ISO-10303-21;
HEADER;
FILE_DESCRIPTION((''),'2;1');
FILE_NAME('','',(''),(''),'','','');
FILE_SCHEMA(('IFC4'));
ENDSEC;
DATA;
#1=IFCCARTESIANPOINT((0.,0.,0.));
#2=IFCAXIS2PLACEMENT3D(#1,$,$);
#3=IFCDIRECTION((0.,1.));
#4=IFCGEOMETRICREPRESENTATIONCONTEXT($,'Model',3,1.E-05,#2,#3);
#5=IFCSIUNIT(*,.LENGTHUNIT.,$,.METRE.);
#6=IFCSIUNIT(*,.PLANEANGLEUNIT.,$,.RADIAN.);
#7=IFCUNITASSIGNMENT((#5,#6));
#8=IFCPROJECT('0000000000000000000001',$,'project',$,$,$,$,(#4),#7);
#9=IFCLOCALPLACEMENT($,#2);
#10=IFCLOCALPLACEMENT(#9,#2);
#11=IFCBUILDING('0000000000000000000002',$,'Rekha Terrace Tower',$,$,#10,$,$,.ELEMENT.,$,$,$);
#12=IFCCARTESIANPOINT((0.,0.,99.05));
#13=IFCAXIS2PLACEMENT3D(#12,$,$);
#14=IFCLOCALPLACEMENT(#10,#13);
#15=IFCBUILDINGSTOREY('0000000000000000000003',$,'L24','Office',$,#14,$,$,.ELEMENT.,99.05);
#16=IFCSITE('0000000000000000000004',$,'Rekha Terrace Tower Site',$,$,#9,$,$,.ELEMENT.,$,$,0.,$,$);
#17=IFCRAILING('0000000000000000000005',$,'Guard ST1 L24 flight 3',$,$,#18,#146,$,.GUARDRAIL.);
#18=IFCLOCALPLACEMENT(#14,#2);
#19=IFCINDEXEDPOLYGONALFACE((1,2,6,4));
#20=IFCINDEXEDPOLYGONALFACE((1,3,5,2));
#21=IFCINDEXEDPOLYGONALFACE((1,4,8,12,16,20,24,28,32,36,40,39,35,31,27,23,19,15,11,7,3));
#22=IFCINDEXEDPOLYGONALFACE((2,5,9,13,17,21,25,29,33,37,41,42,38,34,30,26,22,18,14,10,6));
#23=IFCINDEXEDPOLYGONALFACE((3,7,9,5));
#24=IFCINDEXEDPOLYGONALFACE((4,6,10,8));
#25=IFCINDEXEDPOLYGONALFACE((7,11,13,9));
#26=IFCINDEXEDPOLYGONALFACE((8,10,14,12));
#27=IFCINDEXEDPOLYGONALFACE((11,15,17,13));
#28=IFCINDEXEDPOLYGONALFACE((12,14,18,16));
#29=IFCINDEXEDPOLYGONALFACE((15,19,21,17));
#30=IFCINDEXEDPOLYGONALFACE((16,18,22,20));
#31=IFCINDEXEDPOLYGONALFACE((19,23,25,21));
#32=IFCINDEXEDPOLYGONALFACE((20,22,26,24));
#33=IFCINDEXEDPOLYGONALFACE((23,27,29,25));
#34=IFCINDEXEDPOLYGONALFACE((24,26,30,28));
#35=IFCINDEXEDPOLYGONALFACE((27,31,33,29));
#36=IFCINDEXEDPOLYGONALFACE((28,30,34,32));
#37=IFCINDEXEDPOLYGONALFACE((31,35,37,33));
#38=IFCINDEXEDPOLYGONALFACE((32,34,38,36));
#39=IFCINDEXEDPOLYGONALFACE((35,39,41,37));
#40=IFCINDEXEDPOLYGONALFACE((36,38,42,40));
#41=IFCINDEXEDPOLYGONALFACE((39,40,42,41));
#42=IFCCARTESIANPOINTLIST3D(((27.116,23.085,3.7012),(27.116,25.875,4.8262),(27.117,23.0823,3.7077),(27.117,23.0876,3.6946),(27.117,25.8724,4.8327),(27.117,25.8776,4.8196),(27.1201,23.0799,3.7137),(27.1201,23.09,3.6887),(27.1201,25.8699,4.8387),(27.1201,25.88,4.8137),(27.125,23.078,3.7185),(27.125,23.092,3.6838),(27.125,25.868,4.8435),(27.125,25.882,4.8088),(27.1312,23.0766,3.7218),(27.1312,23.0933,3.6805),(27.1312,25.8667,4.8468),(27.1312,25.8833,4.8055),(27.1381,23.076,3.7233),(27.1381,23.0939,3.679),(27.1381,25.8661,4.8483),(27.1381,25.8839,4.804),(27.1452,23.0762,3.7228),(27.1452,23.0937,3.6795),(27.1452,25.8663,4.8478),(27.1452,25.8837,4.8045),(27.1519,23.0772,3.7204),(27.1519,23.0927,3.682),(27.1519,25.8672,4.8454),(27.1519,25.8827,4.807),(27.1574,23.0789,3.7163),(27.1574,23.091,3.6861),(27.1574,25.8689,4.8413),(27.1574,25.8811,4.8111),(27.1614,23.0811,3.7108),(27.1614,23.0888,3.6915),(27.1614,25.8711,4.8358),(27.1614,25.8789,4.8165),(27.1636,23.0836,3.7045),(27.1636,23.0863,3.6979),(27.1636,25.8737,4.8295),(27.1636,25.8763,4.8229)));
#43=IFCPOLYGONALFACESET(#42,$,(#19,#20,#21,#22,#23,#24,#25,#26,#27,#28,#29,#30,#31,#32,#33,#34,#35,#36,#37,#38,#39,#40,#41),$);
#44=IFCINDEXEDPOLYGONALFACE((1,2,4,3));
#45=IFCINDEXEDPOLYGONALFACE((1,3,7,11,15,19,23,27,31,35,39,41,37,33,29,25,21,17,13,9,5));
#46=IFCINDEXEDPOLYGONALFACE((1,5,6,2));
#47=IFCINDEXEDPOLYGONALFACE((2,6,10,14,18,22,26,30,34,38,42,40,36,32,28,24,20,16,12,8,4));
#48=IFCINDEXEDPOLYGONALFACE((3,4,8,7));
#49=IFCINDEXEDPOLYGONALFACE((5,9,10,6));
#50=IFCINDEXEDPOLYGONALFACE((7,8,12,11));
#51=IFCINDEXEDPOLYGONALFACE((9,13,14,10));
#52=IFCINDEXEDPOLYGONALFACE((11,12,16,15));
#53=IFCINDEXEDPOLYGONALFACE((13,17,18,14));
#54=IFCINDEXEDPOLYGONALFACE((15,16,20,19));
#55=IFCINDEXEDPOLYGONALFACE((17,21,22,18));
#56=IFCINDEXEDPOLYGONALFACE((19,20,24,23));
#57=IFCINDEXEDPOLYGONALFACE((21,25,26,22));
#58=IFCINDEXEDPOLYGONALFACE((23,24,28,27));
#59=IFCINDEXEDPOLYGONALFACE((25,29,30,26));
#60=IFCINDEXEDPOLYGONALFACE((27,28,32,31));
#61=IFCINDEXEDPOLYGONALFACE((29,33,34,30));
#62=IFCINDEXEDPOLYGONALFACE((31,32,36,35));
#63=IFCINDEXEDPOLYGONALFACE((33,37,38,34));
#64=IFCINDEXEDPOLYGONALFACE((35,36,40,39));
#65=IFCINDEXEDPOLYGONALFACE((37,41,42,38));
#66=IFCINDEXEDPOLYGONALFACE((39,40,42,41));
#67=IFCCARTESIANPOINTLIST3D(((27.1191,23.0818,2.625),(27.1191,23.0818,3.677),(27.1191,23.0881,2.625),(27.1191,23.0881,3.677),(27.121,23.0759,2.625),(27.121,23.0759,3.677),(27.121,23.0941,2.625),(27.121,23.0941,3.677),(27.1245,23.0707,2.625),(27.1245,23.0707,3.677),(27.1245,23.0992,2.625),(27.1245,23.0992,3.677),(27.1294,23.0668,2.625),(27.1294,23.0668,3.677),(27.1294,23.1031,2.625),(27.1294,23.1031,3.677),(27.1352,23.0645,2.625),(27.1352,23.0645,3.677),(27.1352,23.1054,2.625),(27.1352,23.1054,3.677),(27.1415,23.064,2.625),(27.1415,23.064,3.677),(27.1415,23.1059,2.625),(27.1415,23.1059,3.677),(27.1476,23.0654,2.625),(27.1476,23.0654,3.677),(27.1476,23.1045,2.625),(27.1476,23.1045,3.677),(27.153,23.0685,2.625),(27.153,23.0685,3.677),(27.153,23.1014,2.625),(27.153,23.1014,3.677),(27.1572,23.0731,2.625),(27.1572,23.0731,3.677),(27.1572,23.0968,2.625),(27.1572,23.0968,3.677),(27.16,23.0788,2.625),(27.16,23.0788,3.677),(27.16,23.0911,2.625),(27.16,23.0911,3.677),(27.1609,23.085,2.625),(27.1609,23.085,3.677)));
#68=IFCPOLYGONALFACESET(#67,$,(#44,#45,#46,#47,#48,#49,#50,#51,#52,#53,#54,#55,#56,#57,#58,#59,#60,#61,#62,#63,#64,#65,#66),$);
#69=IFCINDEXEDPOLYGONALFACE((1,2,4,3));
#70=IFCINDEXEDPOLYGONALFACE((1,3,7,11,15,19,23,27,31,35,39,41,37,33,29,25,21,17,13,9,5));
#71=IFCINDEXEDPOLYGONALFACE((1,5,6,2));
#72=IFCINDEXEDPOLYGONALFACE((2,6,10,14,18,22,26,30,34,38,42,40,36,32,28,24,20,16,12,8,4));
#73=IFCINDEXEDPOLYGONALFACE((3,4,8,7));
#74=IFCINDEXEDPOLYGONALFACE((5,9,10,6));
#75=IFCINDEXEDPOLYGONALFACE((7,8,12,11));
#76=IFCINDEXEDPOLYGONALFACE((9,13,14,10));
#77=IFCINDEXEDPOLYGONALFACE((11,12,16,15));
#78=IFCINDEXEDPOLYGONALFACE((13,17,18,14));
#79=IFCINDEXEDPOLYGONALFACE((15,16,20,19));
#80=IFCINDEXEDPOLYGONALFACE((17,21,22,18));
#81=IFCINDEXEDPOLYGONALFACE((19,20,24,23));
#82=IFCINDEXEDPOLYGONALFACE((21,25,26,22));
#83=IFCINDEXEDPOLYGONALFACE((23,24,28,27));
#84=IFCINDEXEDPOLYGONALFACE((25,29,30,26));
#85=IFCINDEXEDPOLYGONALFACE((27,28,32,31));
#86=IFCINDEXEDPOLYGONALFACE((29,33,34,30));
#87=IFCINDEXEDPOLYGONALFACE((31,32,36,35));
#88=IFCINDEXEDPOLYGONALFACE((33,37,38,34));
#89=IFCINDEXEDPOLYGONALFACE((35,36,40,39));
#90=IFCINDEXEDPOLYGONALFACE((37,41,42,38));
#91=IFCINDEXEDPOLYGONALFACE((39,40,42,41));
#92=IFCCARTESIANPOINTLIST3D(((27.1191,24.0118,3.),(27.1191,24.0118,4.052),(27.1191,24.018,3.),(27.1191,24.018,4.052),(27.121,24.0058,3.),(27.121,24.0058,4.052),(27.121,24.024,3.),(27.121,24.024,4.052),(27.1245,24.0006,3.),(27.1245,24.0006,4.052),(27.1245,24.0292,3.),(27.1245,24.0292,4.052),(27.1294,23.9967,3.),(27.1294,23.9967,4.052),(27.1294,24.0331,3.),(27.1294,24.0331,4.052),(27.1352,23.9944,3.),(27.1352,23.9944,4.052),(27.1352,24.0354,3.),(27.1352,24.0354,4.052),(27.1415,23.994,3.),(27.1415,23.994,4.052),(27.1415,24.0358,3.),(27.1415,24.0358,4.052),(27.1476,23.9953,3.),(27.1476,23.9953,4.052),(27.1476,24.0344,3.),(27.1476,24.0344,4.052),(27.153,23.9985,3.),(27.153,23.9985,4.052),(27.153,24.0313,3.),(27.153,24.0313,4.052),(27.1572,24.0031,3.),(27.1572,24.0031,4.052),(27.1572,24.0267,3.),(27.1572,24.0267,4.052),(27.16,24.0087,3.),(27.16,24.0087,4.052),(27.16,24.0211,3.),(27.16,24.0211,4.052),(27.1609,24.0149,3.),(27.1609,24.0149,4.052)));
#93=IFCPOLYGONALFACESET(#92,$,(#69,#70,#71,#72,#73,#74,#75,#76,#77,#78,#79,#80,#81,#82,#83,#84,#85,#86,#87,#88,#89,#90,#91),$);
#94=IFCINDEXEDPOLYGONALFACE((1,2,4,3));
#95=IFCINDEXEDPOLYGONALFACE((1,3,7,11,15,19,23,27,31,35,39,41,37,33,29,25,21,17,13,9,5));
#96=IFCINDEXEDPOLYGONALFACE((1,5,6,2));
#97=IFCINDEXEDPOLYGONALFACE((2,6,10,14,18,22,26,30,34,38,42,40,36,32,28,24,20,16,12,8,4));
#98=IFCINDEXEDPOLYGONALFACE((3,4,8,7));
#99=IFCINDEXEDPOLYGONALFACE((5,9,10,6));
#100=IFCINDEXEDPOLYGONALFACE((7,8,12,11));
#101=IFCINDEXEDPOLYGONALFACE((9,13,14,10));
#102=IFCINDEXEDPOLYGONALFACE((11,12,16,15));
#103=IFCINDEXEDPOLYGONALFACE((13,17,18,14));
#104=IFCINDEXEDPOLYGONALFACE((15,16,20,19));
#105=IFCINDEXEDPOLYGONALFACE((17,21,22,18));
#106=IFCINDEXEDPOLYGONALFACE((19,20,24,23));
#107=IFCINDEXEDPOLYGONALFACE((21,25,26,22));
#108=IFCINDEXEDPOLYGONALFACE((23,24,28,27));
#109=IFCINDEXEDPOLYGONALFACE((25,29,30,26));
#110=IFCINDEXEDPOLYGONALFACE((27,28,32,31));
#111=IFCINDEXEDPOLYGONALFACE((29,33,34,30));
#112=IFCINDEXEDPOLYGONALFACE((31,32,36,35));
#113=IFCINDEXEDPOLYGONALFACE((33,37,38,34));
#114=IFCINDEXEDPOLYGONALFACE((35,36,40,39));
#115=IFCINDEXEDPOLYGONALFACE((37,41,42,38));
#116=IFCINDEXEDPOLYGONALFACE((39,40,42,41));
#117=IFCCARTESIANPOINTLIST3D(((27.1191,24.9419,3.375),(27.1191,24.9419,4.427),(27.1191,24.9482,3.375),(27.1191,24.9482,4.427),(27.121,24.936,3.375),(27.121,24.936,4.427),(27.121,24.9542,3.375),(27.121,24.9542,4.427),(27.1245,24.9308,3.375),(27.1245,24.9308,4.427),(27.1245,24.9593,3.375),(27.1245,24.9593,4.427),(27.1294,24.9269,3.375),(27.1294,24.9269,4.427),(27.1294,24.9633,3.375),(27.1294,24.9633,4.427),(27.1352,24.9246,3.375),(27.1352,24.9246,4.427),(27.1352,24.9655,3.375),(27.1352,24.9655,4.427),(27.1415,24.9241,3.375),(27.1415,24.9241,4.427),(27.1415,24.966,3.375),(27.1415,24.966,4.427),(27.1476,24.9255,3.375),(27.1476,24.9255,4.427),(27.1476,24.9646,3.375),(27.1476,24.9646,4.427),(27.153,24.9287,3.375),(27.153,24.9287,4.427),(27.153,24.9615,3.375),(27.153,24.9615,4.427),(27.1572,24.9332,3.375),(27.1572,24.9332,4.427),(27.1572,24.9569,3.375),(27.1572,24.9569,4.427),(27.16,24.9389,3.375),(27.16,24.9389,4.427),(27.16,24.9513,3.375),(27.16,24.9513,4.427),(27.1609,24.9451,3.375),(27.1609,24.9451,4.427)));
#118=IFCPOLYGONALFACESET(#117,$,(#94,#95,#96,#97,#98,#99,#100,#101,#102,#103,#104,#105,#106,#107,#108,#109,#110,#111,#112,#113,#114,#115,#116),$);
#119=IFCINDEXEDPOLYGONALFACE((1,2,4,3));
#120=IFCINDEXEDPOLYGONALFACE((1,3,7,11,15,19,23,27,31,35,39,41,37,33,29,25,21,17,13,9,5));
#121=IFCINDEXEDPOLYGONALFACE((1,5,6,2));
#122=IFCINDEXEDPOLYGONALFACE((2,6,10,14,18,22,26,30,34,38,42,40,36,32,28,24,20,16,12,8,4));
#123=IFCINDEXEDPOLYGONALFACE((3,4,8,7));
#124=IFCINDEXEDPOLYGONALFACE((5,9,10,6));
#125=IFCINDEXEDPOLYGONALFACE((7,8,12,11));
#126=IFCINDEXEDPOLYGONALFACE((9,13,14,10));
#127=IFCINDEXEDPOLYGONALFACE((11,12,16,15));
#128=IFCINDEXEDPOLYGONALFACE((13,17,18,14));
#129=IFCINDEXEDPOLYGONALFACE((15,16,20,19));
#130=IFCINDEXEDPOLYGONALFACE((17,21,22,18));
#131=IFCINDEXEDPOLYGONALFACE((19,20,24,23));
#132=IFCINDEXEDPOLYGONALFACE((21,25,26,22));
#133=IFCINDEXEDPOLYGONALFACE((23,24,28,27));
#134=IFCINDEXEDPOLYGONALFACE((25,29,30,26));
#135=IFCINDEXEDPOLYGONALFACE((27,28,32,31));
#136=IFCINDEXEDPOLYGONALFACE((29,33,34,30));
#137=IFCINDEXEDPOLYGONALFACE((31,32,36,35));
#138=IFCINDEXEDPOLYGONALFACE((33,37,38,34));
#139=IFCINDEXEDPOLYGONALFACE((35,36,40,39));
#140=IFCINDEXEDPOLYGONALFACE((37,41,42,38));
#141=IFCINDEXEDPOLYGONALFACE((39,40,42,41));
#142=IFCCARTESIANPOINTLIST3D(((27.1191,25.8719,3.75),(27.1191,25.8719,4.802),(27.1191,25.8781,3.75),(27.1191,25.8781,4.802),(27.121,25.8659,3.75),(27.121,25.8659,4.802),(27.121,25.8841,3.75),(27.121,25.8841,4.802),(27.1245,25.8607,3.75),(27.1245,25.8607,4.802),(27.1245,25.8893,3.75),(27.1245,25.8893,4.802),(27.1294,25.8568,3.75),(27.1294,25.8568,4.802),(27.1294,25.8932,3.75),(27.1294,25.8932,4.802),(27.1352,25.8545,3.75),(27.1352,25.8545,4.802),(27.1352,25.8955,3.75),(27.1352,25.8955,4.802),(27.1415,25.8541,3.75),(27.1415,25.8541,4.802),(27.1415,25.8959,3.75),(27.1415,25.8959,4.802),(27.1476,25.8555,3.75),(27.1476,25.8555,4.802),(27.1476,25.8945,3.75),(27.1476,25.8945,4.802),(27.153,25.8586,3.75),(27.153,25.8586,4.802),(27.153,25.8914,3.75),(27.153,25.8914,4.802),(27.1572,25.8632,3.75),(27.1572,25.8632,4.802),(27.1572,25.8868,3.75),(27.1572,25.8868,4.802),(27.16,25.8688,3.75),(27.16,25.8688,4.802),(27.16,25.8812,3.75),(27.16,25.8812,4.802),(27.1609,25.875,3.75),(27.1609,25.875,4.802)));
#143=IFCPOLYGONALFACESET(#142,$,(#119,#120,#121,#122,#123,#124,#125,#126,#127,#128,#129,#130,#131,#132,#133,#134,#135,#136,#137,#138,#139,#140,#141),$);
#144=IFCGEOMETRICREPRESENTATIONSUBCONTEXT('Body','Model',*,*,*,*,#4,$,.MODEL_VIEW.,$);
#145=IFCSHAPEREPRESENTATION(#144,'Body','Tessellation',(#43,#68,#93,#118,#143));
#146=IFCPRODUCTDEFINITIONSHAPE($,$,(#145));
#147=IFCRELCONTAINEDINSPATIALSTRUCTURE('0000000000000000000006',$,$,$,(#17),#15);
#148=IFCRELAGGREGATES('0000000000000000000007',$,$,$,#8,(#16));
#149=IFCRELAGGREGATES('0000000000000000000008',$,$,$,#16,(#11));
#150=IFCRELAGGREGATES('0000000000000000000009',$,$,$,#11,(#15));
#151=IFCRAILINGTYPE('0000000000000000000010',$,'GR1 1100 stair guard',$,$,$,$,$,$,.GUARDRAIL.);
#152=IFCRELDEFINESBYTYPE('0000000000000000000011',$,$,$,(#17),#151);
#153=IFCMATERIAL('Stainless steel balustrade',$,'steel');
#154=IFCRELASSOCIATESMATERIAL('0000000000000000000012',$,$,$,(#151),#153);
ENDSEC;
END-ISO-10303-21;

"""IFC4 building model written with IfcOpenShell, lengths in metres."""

from ifc_helpers import new_model, si_unit, direction, frame, origin, origin_2d, place, context, subcontext, project, spatial, circle, extrude, material, type_object, element, save


model = new_model("IFC4")

# Units and contexts
model_context = context("Model", 3, precision=1e-05, world=origin(), true_north=direction((0.0, 1.0)))
body_context = subcontext(model_context, "Body", "Model", "MODEL_VIEW")
ifc_project = project(units=[si_unit("LENGTHUNIT", "METRE"), si_unit("PLANEANGLEUNIT", "RADIAN")], contexts=[model_context])

# Site, building, storey
site_placement = place(None, origin())
site = spatial("IfcSite", under=ifc_project, at=site_placement, Name="Rekha Terrace Tower Site", CompositionType="ELEMENT", RefElevation=0.0)
building_placement = place(site_placement, origin())
building = spatial("IfcBuilding", under=site, at=building_placement, Name="Rekha Terrace Tower", CompositionType="ELEMENT")
storey_placement = place(building_placement, frame((0.0, 0.0, 99.05)))
storey = spatial("IfcBuildingStorey", under=building, at=storey_placement, Name="L24", Description="Office", CompositionType="ELEMENT", Elevation=99.05)

# Railing
ifc_material_1 = material(Name="Stainless steel balustrade", Category="steel")
railing_type_1 = type_object("IfcRailingType", Name="GR1 1100 stair guard", PredefinedType="GUARDRAIL", material=ifc_material_1)
railing_1_placement = place(storey_placement, frame((27.1399, 23.085, 2.625)))
element("IfcRailing", 1, at=railing_1_placement, inside=storey, type_object=railing_type_1, Name="Guard ST1 L24 flight 3", PredefinedType="GUARDRAIL", context=body_context, shape_type="SweptSolid", body=[
    extrude(circle(Radius=0.0239, at=origin_2d()), frame((0.0, 0.0, 1.0762), z_axis=(0.0, 0.927443, 0.373964), x_axis=(-1.0, 0.0, 0.0)), (0.0, 0.0, 1.0), 3.0083),
    extrude(circle(Radius=0.021, at=origin_2d()), origin(), (0.0, 0.0, 1.0), 1.052),
    extrude(circle(Radius=0.021, at=origin_2d()), frame((0.0, 0.9299, 0.375)), (0.0, 0.0, 1.0), 1.052),
    extrude(circle(Radius=0.021, at=origin_2d()), frame((0.0, 1.8601, 0.75)), (0.0, 0.0, 1.0), 1.052),
    extrude(circle(Radius=0.021, at=origin_2d()), frame((0.0, 2.79, 1.125)), (0.0, 0.0, 1.0), 1.052),
])

save(model, "model.ifc")
